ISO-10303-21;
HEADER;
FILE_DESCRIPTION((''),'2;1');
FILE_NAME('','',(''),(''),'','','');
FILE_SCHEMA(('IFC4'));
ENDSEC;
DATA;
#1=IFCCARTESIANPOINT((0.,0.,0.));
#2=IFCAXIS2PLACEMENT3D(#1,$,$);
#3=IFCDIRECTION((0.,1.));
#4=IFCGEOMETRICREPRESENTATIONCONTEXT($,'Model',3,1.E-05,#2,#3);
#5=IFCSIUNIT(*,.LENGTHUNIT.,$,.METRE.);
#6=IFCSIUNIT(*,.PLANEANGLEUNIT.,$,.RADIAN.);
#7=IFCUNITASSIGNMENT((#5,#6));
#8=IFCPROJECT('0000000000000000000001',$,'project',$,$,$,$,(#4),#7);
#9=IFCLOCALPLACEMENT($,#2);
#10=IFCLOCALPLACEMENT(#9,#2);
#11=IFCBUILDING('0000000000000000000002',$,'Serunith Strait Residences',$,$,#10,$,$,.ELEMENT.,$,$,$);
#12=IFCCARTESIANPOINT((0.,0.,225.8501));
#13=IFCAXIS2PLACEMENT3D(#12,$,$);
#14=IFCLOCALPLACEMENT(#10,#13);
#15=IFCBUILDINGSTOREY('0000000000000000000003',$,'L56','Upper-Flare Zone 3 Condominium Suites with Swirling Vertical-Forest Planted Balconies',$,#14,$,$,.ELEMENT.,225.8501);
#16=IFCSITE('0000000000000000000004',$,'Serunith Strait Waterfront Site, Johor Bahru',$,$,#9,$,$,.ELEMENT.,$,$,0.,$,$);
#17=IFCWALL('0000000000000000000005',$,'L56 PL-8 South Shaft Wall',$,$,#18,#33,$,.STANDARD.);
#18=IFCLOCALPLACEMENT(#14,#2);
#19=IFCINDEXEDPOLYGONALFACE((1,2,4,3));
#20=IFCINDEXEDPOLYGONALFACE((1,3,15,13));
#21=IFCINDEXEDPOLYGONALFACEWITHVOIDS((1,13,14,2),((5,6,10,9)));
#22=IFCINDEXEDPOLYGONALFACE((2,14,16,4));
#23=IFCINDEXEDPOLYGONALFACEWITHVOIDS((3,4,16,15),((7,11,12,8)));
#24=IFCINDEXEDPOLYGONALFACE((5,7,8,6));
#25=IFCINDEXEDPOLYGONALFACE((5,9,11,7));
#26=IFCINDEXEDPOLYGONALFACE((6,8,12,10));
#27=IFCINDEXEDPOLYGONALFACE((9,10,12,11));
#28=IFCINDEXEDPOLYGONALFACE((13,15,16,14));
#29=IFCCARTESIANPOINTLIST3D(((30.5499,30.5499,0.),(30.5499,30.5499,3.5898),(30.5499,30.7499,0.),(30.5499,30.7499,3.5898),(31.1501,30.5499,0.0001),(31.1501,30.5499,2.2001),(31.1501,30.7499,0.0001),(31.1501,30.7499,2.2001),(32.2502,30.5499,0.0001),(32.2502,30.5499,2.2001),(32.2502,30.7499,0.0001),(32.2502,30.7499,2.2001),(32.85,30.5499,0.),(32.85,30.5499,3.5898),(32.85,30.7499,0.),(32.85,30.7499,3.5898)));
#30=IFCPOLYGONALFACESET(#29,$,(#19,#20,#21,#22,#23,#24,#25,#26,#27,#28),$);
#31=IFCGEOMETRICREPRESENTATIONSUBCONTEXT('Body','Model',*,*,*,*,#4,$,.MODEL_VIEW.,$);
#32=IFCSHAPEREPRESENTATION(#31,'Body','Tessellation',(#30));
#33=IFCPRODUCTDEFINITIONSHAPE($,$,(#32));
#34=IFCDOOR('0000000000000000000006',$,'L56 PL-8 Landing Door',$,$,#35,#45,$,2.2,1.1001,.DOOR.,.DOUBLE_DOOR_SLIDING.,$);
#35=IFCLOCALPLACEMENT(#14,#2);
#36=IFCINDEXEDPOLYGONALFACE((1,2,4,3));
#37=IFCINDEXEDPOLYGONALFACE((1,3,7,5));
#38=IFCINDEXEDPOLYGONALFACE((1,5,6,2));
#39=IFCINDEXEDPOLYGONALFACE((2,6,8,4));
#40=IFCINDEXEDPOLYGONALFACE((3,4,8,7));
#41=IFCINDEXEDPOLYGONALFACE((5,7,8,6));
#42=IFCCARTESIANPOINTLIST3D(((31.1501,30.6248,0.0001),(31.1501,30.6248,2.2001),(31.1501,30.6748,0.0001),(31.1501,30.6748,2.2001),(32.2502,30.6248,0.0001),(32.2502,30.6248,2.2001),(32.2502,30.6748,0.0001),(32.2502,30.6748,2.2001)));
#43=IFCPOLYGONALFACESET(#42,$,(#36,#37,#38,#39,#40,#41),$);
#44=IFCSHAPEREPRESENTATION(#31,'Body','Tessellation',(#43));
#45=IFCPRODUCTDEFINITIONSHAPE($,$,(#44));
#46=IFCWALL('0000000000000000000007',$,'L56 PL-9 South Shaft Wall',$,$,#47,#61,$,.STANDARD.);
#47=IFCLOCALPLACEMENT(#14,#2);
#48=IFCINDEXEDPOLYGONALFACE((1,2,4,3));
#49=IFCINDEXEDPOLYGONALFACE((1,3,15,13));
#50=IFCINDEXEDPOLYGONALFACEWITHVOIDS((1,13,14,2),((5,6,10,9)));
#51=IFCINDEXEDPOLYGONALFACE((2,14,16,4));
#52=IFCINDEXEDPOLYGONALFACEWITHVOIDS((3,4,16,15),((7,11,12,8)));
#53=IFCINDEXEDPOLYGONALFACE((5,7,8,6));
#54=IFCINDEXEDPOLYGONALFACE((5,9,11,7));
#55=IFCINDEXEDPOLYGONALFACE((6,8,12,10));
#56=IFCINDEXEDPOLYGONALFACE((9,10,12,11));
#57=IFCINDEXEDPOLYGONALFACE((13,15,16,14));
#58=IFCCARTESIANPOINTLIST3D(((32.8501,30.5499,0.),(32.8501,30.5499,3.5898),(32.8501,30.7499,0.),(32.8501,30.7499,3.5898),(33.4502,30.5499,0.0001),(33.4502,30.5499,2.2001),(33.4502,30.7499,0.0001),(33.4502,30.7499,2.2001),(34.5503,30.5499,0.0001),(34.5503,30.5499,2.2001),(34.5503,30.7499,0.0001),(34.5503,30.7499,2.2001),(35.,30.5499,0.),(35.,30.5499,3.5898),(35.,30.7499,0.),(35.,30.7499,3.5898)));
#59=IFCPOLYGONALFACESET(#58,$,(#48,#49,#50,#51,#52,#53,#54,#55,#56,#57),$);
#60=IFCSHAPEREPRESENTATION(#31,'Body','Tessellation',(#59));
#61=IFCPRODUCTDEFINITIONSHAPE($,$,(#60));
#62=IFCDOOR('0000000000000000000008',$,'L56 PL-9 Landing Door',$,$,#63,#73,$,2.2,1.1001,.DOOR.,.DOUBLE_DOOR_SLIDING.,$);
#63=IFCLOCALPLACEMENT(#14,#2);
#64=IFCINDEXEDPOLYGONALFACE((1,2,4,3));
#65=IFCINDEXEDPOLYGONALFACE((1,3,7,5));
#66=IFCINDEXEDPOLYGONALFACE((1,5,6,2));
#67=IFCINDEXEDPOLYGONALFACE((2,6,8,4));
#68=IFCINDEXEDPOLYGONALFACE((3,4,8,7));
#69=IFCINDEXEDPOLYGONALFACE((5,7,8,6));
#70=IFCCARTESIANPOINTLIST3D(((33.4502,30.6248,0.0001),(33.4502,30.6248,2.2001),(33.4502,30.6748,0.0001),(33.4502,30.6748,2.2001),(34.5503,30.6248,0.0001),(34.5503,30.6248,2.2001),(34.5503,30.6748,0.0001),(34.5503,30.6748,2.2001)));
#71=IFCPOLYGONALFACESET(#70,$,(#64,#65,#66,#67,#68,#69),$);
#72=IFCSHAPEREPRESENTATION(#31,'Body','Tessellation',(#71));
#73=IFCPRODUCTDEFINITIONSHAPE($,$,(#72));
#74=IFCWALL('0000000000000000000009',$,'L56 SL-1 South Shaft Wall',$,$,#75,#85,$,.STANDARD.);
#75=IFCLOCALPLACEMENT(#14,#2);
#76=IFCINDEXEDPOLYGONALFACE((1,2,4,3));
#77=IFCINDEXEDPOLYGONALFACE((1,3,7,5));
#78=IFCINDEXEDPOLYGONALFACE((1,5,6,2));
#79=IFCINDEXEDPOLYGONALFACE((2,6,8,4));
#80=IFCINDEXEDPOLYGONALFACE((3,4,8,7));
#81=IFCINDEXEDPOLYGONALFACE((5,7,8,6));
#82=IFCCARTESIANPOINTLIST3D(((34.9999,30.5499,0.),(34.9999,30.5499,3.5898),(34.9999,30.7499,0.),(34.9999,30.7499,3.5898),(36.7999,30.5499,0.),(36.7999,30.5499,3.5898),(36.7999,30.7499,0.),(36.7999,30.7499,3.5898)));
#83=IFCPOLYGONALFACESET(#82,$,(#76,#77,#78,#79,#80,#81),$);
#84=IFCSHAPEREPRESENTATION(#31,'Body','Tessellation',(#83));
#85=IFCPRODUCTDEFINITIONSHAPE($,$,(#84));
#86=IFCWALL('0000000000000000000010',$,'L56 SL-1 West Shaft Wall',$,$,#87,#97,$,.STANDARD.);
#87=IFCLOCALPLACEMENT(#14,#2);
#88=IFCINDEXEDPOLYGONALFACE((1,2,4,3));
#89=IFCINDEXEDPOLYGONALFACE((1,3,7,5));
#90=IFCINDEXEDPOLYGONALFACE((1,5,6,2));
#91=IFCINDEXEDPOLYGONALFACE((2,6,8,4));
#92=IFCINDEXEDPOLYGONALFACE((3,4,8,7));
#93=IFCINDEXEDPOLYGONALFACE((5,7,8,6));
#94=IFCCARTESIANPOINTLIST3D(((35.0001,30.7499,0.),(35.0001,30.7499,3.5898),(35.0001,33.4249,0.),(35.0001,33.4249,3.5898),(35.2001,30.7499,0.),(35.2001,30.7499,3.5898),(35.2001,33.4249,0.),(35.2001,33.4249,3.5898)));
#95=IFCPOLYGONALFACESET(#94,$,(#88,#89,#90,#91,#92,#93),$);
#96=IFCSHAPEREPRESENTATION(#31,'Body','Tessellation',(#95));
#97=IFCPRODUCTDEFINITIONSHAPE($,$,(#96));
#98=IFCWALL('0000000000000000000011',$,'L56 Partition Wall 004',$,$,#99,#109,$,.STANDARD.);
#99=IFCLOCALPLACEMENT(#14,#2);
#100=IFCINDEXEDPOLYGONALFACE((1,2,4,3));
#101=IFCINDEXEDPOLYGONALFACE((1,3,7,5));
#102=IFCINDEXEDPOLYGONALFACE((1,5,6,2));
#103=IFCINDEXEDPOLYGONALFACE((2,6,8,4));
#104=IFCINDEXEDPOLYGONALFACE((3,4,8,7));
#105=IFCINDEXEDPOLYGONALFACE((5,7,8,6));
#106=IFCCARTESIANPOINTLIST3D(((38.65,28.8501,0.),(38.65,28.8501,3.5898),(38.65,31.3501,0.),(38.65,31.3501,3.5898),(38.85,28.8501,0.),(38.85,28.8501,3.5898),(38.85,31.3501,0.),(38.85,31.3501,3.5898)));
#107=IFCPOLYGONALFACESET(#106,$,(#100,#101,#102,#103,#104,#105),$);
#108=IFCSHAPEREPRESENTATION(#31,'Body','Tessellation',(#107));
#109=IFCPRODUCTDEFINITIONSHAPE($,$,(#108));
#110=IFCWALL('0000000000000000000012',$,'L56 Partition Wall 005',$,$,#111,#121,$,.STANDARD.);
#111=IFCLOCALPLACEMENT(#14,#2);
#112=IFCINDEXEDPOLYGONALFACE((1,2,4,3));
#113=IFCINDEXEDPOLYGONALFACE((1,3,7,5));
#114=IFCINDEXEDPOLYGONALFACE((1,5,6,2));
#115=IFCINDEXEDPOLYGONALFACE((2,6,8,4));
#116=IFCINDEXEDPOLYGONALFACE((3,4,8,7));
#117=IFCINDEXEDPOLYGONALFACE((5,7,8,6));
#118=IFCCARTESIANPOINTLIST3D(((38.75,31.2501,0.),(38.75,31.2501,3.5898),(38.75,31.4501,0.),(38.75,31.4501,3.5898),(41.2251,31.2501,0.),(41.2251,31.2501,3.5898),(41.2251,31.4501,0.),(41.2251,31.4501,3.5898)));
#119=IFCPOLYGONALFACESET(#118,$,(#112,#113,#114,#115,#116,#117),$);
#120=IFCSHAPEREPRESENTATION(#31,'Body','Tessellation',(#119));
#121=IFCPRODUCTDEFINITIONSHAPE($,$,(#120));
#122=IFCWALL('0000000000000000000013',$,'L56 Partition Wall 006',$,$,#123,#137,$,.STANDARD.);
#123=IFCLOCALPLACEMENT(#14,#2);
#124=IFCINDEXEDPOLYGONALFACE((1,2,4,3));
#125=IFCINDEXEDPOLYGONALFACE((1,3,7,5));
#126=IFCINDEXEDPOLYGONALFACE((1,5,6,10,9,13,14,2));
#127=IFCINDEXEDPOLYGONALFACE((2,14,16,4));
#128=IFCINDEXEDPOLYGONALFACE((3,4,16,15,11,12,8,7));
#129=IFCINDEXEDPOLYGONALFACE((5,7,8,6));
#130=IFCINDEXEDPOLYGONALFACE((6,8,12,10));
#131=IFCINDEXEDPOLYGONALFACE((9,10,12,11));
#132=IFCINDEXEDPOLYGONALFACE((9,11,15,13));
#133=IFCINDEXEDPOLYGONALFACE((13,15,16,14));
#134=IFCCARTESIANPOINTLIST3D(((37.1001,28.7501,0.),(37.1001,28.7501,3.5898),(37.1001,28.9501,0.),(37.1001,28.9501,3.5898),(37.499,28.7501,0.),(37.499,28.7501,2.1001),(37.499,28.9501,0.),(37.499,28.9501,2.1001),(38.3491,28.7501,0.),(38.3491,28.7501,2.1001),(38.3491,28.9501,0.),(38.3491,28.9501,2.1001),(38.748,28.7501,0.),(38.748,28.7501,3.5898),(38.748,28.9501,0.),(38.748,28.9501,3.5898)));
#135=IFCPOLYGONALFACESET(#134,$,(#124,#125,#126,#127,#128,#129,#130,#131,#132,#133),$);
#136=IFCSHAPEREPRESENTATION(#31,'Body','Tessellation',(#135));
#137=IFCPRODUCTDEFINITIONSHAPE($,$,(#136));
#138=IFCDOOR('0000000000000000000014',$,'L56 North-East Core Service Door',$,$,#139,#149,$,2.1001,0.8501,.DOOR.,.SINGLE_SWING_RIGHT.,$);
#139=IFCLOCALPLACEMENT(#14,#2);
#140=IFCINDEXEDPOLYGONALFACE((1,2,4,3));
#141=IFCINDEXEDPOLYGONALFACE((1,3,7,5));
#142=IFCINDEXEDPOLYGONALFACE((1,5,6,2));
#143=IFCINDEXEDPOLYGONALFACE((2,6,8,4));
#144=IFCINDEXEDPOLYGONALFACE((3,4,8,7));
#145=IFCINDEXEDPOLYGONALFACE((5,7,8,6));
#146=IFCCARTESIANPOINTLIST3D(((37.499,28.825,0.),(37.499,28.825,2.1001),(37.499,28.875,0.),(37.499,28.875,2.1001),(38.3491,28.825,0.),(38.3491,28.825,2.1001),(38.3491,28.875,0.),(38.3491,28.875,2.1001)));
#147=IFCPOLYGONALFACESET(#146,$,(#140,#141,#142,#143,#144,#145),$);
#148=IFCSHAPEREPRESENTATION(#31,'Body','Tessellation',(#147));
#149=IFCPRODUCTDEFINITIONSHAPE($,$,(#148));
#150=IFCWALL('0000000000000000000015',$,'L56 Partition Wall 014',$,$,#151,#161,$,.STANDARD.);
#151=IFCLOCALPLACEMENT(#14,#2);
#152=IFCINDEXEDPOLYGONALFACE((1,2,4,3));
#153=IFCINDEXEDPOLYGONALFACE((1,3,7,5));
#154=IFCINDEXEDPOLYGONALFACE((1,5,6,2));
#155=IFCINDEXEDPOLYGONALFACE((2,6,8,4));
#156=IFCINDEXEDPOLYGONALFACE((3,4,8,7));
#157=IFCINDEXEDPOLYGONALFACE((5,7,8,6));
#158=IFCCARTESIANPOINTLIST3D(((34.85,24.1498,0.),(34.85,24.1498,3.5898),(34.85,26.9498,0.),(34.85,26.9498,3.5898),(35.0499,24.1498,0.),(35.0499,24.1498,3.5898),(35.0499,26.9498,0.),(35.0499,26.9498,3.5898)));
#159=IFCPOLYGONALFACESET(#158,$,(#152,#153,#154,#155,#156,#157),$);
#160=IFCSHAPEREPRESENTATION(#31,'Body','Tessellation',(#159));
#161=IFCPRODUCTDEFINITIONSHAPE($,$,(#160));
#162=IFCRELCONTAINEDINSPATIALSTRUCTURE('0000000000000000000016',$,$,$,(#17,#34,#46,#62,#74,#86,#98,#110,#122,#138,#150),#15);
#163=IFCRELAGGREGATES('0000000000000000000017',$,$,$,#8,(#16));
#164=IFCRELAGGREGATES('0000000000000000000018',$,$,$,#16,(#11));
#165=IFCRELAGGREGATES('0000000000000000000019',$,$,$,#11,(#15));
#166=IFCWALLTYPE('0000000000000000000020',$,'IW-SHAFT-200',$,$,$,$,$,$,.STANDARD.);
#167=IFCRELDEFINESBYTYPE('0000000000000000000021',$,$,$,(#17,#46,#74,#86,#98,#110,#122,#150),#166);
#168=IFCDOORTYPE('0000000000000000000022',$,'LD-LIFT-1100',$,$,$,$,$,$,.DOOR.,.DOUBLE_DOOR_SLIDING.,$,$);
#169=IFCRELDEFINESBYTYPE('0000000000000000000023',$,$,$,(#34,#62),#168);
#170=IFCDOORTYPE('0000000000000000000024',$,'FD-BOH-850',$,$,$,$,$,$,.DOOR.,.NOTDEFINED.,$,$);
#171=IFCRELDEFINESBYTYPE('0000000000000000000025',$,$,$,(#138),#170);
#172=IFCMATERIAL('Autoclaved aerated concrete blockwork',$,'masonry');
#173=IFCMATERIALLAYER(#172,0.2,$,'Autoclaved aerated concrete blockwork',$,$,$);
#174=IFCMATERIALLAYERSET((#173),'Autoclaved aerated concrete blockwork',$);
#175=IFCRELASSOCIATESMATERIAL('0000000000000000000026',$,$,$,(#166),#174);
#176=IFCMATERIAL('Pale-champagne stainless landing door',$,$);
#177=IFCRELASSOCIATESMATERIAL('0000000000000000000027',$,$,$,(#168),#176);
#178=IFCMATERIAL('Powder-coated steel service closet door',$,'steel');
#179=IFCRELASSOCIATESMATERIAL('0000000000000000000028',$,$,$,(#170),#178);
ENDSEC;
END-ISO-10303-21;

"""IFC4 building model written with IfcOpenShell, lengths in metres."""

from ifc_helpers import new_model, si_unit, direction, frame, frame_2d, origin, place, context, subcontext, project, spatial, rectangle, extrude, source, transform, mapped, material, layer, layer_set, type_object, element, fill, save


model = new_model("IFC4")

# Units and contexts
model_context = context("Model", 3, precision=1e-05, world=origin(), true_north=direction((0.0, 1.0)))
body_context = subcontext(model_context, "Body", "Model", "MODEL_VIEW")
ifc_project = project(units=[si_unit("LENGTHUNIT", "METRE"), si_unit("PLANEANGLEUNIT", "RADIAN")], contexts=[model_context])

# Site, building, storey
site_placement = place(None, origin())
site = spatial("IfcSite", under=ifc_project, at=site_placement, Name="Serunith Strait Waterfront Site, Johor Bahru", CompositionType="ELEMENT", RefElevation=0.0)
building_placement = place(site_placement, origin())
building = spatial("IfcBuilding", under=site, at=building_placement, Name="Serunith Strait Residences", CompositionType="ELEMENT")
storey_placement = place(building_placement, frame((0.0, 0.0, 225.8501)))
storey = spatial("IfcBuildingStorey", under=building, at=storey_placement, Name="L56", Description="Upper-Flare Zone 3 Condominium Suites with Swirling Vertical-Forest Planted Balconies", CompositionType="ELEMENT", Elevation=225.8501)

# Shared definitions
shared_shape_1 = source(origin(), body_context, "Body", "SweptSolid", [
    extrude(rectangle(XDim=0.8501, YDim=2.1001, at=frame_2d((0.425, 1.05))), frame((0.0, 0.0249, 0.0), z_axis=(0.0, -1.0, 0.0), x_axis=(1.0, 0.0, 0.0)), (0.0, 0.0, 1.0), 0.05),
])

# Walls, openings, doors
ifc_material_1 = material(Name="Autoclaved aerated concrete blockwork", Category="masonry")
ifc_layer_1 = layer(ifc_material_1, 0.2, Name="Autoclaved aerated concrete blockwork")
ifc_layer_set_1 = layer_set([ifc_layer_1], Name="Autoclaved aerated concrete blockwork")
wall_type_1 = type_object("IfcWallType", Name="IW-SHAFT-200", PredefinedType="STANDARD", material=ifc_layer_set_1)
wall_1_placement = place(storey_placement, frame((30.55, 30.6499, 0.0), z_axis=(0.0, 0.0, 1.0), x_axis=(1.0, 0.0, 0.0)))
wall_1 = element("IfcWall", 1, at=wall_1_placement, inside=storey, type_object=wall_type_1, Name="L56 PL-8 South Shaft Wall", PredefinedType="STANDARD", context=body_context, shape_type="SweptSolid", body=[
    extrude(rectangle(XDim=2.3, YDim=0.2, at=frame_2d((1.1499, 0.0))), origin(), (0.0, 0.0, 1.0), 3.5898),
])
opening_1_placement = place(wall_1_placement, frame((0.6001, 0.0, 0.0)))
opening_1 = element("IfcOpeningElement", 2, at=opening_1_placement, cuts=wall_1, PredefinedType="OPENING", context=body_context, shape_type="SweptSolid", body=[
    extrude(rectangle(XDim=1.1001, YDim=2.2, at=frame_2d((0.55, 1.1001))), frame((0.0, 0.1099, 0.0), z_axis=(0.0, -1.0, 0.0), x_axis=(1.0, 0.0, 0.0)), (0.0, 0.0, 1.0), 0.22),
])
ifc_material_2 = material(Name="Pale-champagne stainless landing door")
door_type_1 = type_object("IfcDoorType", Name="LD-LIFT-1100", OperationType="DOUBLE_DOOR_SLIDING", PredefinedType="DOOR", material=ifc_material_2)
shared_shape_2 = source(origin(), body_context, "Body", "SweptSolid", [
    extrude(rectangle(XDim=1.1001, YDim=2.2, at=frame_2d((0.55, 1.1001))), frame((0.0, 0.0249, 0.0), z_axis=(0.0, -1.0, 0.0), x_axis=(1.0, 0.0, 0.0)), (0.0, 0.0, 1.0), 0.05),
])
door_1_placement = place(opening_1_placement, origin())
door_1 = element("IfcDoor", 3, at=door_1_placement, inside=storey, type_object=door_type_1, Name="L56 PL-8 Landing Door", OperationType="DOUBLE_DOOR_SLIDING", OverallHeight=2.2, OverallWidth=1.1001, PredefinedType="DOOR", context=body_context, shape_type="MappedRepresentation", body=[
    mapped(shared_shape_2, transform((0.0, 0.0, 0.0), scale=1.0)),
])
fill(opening_1, door_1)
wall_2_placement = place(storey_placement, frame((32.8501, 30.6499, 0.0), z_axis=(0.0, 0.0, 1.0), x_axis=(1.0, 0.0, 0.0)))
wall_2 = element("IfcWall", 4, at=wall_2_placement, inside=storey, type_object=wall_type_1, Name="L56 PL-9 South Shaft Wall", PredefinedType="STANDARD", context=body_context, shape_type="SweptSolid", body=[
    extrude(rectangle(XDim=2.1499, YDim=0.2, at=frame_2d((1.075, 0.0))), origin(), (0.0, 0.0, 1.0), 3.5898),
])
opening_2_placement = place(wall_2_placement, frame((0.6001, 0.0, 0.0)))
opening_2 = element("IfcOpeningElement", 5, at=opening_2_placement, cuts=wall_2, PredefinedType="OPENING", context=body_context, shape_type="SweptSolid", body=[
    extrude(rectangle(XDim=1.1001, YDim=2.2, at=frame_2d((0.55, 1.1001))), frame((0.0, 0.1099, 0.0), z_axis=(0.0, -1.0, 0.0), x_axis=(1.0, 0.0, 0.0)), (0.0, 0.0, 1.0), 0.22),
])
door_2_placement = place(opening_2_placement, origin())
door_2 = element("IfcDoor", 6, at=door_2_placement, inside=storey, type_object=door_type_1, Name="L56 PL-9 Landing Door", OperationType="DOUBLE_DOOR_SLIDING", OverallHeight=2.2, OverallWidth=1.1001, PredefinedType="DOOR", context=body_context, shape_type="MappedRepresentation", body=[
    mapped(shared_shape_2, transform((0.0, 0.0, 0.0), scale=1.0)),
])
fill(opening_2, door_2)

# Walls
wall_3_placement = place(storey_placement, frame((35.0, 30.6499, 0.0), z_axis=(0.0, 0.0, 1.0), x_axis=(1.0, 0.0, 0.0)))
element("IfcWall", 7, at=wall_3_placement, inside=storey, type_object=wall_type_1, Name="L56 SL-1 South Shaft Wall", PredefinedType="STANDARD", context=body_context, shape_type="SweptSolid", body=[
    extrude(rectangle(XDim=1.8, YDim=0.2, at=frame_2d((0.8999, 0.0))), origin(), (0.0, 0.0, 1.0), 3.5898),
])
wall_4_placement = place(storey_placement, frame((35.1001, 30.75, 0.0), z_axis=(0.0, 0.0, 1.0), x_axis=(0.0, 1.0, 0.0)))
element("IfcWall", 8, at=wall_4_placement, inside=storey, type_object=wall_type_1, Name="L56 SL-1 West Shaft Wall", PredefinedType="STANDARD", context=body_context, shape_type="SweptSolid", body=[
    extrude(rectangle(XDim=2.675, YDim=0.2, at=frame_2d((1.3374, 0.0))), origin(), (0.0, 0.0, 1.0), 3.5898),
])
wall_5_placement = place(storey_placement, frame((38.75, 28.8501, 0.0), z_axis=(0.0, 0.0, 1.0), x_axis=(0.0, 1.0, 0.0)))
element("IfcWall", 9, at=wall_5_placement, inside=storey, type_object=wall_type_1, Name="L56 Partition Wall 004", PredefinedType="STANDARD", context=body_context, shape_type="SweptSolid", body=[
    extrude(rectangle(XDim=2.5, YDim=0.2, at=frame_2d((1.25, 0.0))), origin(), (0.0, 0.0, 1.0), 3.5898),
])
wall_6_placement = place(storey_placement, frame((38.75, 31.3501, 0.0), z_axis=(0.0, 0.0, 1.0), x_axis=(1.0, 0.0, 0.0)))
element("IfcWall", 10, at=wall_6_placement, inside=storey, type_object=wall_type_1, Name="L56 Partition Wall 005", PredefinedType="STANDARD", context=body_context, shape_type="SweptSolid", body=[
    extrude(rectangle(XDim=2.4751, YDim=0.2, at=frame_2d((1.2375, 0.0))), origin(), (0.0, 0.0, 1.0), 3.5898),
])

# Wall, opening, door
wall_7_placement = place(storey_placement, frame((37.1001, 28.8501, 0.0), z_axis=(0.0, 0.0, 1.0), x_axis=(1.0, 0.0, 0.0)))
wall_7 = element("IfcWall", 11, at=wall_7_placement, inside=storey, type_object=wall_type_1, Name="L56 Partition Wall 006", PredefinedType="STANDARD", context=body_context, shape_type="SweptSolid", body=[
    extrude(rectangle(XDim=1.6479, YDim=0.2, at=frame_2d((0.824, 0.0))), origin(), (0.0, 0.0, 1.0), 3.5898),
])
opening_3_placement = place(wall_7_placement, frame((0.3989, 0.0, 0.0)))
opening_3 = element("IfcOpeningElement", 12, at=opening_3_placement, cuts=wall_7, PredefinedType="OPENING", context=body_context, shape_type="SweptSolid", body=[
    extrude(rectangle(XDim=0.8501, YDim=2.1001, at=frame_2d((0.425, 1.05))), frame((0.0, 0.1099, 0.0), z_axis=(0.0, -1.0, 0.0), x_axis=(1.0, 0.0, 0.0)), (0.0, 0.0, 1.0), 0.22),
])
ifc_material_3 = material(Name="Powder-coated steel service closet door", Category="steel")
door_type_2 = type_object("IfcDoorType", Name="FD-BOH-850", OperationType="NOTDEFINED", PredefinedType="DOOR", material=ifc_material_3)
door_3_placement = place(opening_3_placement, origin())
door_3 = element("IfcDoor", 13, at=door_3_placement, inside=storey, type_object=door_type_2, Name="L56 North-East Core Service Door", OperationType="SINGLE_SWING_RIGHT", OverallHeight=2.1001, OverallWidth=0.8501, PredefinedType="DOOR", context=body_context, shape_type="MappedRepresentation", body=[
    mapped(shared_shape_1, transform((0.0, 0.0, 0.0), scale=1.0)),
])
fill(opening_3, door_3)

# Wall
wall_8_placement = place(storey_placement, frame((34.95, 24.1499, 0.0), z_axis=(0.0, 0.0, 1.0), x_axis=(0.0, 1.0, 0.0)))
element("IfcWall", 14, at=wall_8_placement, inside=storey, type_object=wall_type_1, Name="L56 Partition Wall 014", PredefinedType="STANDARD", context=body_context, shape_type="SweptSolid", body=[
    extrude(rectangle(XDim=2.8, YDim=0.2, at=frame_2d((1.3999, 0.0))), origin(), (0.0, 0.0, 1.0), 3.5898),
])

save(model, "model.ifc")
